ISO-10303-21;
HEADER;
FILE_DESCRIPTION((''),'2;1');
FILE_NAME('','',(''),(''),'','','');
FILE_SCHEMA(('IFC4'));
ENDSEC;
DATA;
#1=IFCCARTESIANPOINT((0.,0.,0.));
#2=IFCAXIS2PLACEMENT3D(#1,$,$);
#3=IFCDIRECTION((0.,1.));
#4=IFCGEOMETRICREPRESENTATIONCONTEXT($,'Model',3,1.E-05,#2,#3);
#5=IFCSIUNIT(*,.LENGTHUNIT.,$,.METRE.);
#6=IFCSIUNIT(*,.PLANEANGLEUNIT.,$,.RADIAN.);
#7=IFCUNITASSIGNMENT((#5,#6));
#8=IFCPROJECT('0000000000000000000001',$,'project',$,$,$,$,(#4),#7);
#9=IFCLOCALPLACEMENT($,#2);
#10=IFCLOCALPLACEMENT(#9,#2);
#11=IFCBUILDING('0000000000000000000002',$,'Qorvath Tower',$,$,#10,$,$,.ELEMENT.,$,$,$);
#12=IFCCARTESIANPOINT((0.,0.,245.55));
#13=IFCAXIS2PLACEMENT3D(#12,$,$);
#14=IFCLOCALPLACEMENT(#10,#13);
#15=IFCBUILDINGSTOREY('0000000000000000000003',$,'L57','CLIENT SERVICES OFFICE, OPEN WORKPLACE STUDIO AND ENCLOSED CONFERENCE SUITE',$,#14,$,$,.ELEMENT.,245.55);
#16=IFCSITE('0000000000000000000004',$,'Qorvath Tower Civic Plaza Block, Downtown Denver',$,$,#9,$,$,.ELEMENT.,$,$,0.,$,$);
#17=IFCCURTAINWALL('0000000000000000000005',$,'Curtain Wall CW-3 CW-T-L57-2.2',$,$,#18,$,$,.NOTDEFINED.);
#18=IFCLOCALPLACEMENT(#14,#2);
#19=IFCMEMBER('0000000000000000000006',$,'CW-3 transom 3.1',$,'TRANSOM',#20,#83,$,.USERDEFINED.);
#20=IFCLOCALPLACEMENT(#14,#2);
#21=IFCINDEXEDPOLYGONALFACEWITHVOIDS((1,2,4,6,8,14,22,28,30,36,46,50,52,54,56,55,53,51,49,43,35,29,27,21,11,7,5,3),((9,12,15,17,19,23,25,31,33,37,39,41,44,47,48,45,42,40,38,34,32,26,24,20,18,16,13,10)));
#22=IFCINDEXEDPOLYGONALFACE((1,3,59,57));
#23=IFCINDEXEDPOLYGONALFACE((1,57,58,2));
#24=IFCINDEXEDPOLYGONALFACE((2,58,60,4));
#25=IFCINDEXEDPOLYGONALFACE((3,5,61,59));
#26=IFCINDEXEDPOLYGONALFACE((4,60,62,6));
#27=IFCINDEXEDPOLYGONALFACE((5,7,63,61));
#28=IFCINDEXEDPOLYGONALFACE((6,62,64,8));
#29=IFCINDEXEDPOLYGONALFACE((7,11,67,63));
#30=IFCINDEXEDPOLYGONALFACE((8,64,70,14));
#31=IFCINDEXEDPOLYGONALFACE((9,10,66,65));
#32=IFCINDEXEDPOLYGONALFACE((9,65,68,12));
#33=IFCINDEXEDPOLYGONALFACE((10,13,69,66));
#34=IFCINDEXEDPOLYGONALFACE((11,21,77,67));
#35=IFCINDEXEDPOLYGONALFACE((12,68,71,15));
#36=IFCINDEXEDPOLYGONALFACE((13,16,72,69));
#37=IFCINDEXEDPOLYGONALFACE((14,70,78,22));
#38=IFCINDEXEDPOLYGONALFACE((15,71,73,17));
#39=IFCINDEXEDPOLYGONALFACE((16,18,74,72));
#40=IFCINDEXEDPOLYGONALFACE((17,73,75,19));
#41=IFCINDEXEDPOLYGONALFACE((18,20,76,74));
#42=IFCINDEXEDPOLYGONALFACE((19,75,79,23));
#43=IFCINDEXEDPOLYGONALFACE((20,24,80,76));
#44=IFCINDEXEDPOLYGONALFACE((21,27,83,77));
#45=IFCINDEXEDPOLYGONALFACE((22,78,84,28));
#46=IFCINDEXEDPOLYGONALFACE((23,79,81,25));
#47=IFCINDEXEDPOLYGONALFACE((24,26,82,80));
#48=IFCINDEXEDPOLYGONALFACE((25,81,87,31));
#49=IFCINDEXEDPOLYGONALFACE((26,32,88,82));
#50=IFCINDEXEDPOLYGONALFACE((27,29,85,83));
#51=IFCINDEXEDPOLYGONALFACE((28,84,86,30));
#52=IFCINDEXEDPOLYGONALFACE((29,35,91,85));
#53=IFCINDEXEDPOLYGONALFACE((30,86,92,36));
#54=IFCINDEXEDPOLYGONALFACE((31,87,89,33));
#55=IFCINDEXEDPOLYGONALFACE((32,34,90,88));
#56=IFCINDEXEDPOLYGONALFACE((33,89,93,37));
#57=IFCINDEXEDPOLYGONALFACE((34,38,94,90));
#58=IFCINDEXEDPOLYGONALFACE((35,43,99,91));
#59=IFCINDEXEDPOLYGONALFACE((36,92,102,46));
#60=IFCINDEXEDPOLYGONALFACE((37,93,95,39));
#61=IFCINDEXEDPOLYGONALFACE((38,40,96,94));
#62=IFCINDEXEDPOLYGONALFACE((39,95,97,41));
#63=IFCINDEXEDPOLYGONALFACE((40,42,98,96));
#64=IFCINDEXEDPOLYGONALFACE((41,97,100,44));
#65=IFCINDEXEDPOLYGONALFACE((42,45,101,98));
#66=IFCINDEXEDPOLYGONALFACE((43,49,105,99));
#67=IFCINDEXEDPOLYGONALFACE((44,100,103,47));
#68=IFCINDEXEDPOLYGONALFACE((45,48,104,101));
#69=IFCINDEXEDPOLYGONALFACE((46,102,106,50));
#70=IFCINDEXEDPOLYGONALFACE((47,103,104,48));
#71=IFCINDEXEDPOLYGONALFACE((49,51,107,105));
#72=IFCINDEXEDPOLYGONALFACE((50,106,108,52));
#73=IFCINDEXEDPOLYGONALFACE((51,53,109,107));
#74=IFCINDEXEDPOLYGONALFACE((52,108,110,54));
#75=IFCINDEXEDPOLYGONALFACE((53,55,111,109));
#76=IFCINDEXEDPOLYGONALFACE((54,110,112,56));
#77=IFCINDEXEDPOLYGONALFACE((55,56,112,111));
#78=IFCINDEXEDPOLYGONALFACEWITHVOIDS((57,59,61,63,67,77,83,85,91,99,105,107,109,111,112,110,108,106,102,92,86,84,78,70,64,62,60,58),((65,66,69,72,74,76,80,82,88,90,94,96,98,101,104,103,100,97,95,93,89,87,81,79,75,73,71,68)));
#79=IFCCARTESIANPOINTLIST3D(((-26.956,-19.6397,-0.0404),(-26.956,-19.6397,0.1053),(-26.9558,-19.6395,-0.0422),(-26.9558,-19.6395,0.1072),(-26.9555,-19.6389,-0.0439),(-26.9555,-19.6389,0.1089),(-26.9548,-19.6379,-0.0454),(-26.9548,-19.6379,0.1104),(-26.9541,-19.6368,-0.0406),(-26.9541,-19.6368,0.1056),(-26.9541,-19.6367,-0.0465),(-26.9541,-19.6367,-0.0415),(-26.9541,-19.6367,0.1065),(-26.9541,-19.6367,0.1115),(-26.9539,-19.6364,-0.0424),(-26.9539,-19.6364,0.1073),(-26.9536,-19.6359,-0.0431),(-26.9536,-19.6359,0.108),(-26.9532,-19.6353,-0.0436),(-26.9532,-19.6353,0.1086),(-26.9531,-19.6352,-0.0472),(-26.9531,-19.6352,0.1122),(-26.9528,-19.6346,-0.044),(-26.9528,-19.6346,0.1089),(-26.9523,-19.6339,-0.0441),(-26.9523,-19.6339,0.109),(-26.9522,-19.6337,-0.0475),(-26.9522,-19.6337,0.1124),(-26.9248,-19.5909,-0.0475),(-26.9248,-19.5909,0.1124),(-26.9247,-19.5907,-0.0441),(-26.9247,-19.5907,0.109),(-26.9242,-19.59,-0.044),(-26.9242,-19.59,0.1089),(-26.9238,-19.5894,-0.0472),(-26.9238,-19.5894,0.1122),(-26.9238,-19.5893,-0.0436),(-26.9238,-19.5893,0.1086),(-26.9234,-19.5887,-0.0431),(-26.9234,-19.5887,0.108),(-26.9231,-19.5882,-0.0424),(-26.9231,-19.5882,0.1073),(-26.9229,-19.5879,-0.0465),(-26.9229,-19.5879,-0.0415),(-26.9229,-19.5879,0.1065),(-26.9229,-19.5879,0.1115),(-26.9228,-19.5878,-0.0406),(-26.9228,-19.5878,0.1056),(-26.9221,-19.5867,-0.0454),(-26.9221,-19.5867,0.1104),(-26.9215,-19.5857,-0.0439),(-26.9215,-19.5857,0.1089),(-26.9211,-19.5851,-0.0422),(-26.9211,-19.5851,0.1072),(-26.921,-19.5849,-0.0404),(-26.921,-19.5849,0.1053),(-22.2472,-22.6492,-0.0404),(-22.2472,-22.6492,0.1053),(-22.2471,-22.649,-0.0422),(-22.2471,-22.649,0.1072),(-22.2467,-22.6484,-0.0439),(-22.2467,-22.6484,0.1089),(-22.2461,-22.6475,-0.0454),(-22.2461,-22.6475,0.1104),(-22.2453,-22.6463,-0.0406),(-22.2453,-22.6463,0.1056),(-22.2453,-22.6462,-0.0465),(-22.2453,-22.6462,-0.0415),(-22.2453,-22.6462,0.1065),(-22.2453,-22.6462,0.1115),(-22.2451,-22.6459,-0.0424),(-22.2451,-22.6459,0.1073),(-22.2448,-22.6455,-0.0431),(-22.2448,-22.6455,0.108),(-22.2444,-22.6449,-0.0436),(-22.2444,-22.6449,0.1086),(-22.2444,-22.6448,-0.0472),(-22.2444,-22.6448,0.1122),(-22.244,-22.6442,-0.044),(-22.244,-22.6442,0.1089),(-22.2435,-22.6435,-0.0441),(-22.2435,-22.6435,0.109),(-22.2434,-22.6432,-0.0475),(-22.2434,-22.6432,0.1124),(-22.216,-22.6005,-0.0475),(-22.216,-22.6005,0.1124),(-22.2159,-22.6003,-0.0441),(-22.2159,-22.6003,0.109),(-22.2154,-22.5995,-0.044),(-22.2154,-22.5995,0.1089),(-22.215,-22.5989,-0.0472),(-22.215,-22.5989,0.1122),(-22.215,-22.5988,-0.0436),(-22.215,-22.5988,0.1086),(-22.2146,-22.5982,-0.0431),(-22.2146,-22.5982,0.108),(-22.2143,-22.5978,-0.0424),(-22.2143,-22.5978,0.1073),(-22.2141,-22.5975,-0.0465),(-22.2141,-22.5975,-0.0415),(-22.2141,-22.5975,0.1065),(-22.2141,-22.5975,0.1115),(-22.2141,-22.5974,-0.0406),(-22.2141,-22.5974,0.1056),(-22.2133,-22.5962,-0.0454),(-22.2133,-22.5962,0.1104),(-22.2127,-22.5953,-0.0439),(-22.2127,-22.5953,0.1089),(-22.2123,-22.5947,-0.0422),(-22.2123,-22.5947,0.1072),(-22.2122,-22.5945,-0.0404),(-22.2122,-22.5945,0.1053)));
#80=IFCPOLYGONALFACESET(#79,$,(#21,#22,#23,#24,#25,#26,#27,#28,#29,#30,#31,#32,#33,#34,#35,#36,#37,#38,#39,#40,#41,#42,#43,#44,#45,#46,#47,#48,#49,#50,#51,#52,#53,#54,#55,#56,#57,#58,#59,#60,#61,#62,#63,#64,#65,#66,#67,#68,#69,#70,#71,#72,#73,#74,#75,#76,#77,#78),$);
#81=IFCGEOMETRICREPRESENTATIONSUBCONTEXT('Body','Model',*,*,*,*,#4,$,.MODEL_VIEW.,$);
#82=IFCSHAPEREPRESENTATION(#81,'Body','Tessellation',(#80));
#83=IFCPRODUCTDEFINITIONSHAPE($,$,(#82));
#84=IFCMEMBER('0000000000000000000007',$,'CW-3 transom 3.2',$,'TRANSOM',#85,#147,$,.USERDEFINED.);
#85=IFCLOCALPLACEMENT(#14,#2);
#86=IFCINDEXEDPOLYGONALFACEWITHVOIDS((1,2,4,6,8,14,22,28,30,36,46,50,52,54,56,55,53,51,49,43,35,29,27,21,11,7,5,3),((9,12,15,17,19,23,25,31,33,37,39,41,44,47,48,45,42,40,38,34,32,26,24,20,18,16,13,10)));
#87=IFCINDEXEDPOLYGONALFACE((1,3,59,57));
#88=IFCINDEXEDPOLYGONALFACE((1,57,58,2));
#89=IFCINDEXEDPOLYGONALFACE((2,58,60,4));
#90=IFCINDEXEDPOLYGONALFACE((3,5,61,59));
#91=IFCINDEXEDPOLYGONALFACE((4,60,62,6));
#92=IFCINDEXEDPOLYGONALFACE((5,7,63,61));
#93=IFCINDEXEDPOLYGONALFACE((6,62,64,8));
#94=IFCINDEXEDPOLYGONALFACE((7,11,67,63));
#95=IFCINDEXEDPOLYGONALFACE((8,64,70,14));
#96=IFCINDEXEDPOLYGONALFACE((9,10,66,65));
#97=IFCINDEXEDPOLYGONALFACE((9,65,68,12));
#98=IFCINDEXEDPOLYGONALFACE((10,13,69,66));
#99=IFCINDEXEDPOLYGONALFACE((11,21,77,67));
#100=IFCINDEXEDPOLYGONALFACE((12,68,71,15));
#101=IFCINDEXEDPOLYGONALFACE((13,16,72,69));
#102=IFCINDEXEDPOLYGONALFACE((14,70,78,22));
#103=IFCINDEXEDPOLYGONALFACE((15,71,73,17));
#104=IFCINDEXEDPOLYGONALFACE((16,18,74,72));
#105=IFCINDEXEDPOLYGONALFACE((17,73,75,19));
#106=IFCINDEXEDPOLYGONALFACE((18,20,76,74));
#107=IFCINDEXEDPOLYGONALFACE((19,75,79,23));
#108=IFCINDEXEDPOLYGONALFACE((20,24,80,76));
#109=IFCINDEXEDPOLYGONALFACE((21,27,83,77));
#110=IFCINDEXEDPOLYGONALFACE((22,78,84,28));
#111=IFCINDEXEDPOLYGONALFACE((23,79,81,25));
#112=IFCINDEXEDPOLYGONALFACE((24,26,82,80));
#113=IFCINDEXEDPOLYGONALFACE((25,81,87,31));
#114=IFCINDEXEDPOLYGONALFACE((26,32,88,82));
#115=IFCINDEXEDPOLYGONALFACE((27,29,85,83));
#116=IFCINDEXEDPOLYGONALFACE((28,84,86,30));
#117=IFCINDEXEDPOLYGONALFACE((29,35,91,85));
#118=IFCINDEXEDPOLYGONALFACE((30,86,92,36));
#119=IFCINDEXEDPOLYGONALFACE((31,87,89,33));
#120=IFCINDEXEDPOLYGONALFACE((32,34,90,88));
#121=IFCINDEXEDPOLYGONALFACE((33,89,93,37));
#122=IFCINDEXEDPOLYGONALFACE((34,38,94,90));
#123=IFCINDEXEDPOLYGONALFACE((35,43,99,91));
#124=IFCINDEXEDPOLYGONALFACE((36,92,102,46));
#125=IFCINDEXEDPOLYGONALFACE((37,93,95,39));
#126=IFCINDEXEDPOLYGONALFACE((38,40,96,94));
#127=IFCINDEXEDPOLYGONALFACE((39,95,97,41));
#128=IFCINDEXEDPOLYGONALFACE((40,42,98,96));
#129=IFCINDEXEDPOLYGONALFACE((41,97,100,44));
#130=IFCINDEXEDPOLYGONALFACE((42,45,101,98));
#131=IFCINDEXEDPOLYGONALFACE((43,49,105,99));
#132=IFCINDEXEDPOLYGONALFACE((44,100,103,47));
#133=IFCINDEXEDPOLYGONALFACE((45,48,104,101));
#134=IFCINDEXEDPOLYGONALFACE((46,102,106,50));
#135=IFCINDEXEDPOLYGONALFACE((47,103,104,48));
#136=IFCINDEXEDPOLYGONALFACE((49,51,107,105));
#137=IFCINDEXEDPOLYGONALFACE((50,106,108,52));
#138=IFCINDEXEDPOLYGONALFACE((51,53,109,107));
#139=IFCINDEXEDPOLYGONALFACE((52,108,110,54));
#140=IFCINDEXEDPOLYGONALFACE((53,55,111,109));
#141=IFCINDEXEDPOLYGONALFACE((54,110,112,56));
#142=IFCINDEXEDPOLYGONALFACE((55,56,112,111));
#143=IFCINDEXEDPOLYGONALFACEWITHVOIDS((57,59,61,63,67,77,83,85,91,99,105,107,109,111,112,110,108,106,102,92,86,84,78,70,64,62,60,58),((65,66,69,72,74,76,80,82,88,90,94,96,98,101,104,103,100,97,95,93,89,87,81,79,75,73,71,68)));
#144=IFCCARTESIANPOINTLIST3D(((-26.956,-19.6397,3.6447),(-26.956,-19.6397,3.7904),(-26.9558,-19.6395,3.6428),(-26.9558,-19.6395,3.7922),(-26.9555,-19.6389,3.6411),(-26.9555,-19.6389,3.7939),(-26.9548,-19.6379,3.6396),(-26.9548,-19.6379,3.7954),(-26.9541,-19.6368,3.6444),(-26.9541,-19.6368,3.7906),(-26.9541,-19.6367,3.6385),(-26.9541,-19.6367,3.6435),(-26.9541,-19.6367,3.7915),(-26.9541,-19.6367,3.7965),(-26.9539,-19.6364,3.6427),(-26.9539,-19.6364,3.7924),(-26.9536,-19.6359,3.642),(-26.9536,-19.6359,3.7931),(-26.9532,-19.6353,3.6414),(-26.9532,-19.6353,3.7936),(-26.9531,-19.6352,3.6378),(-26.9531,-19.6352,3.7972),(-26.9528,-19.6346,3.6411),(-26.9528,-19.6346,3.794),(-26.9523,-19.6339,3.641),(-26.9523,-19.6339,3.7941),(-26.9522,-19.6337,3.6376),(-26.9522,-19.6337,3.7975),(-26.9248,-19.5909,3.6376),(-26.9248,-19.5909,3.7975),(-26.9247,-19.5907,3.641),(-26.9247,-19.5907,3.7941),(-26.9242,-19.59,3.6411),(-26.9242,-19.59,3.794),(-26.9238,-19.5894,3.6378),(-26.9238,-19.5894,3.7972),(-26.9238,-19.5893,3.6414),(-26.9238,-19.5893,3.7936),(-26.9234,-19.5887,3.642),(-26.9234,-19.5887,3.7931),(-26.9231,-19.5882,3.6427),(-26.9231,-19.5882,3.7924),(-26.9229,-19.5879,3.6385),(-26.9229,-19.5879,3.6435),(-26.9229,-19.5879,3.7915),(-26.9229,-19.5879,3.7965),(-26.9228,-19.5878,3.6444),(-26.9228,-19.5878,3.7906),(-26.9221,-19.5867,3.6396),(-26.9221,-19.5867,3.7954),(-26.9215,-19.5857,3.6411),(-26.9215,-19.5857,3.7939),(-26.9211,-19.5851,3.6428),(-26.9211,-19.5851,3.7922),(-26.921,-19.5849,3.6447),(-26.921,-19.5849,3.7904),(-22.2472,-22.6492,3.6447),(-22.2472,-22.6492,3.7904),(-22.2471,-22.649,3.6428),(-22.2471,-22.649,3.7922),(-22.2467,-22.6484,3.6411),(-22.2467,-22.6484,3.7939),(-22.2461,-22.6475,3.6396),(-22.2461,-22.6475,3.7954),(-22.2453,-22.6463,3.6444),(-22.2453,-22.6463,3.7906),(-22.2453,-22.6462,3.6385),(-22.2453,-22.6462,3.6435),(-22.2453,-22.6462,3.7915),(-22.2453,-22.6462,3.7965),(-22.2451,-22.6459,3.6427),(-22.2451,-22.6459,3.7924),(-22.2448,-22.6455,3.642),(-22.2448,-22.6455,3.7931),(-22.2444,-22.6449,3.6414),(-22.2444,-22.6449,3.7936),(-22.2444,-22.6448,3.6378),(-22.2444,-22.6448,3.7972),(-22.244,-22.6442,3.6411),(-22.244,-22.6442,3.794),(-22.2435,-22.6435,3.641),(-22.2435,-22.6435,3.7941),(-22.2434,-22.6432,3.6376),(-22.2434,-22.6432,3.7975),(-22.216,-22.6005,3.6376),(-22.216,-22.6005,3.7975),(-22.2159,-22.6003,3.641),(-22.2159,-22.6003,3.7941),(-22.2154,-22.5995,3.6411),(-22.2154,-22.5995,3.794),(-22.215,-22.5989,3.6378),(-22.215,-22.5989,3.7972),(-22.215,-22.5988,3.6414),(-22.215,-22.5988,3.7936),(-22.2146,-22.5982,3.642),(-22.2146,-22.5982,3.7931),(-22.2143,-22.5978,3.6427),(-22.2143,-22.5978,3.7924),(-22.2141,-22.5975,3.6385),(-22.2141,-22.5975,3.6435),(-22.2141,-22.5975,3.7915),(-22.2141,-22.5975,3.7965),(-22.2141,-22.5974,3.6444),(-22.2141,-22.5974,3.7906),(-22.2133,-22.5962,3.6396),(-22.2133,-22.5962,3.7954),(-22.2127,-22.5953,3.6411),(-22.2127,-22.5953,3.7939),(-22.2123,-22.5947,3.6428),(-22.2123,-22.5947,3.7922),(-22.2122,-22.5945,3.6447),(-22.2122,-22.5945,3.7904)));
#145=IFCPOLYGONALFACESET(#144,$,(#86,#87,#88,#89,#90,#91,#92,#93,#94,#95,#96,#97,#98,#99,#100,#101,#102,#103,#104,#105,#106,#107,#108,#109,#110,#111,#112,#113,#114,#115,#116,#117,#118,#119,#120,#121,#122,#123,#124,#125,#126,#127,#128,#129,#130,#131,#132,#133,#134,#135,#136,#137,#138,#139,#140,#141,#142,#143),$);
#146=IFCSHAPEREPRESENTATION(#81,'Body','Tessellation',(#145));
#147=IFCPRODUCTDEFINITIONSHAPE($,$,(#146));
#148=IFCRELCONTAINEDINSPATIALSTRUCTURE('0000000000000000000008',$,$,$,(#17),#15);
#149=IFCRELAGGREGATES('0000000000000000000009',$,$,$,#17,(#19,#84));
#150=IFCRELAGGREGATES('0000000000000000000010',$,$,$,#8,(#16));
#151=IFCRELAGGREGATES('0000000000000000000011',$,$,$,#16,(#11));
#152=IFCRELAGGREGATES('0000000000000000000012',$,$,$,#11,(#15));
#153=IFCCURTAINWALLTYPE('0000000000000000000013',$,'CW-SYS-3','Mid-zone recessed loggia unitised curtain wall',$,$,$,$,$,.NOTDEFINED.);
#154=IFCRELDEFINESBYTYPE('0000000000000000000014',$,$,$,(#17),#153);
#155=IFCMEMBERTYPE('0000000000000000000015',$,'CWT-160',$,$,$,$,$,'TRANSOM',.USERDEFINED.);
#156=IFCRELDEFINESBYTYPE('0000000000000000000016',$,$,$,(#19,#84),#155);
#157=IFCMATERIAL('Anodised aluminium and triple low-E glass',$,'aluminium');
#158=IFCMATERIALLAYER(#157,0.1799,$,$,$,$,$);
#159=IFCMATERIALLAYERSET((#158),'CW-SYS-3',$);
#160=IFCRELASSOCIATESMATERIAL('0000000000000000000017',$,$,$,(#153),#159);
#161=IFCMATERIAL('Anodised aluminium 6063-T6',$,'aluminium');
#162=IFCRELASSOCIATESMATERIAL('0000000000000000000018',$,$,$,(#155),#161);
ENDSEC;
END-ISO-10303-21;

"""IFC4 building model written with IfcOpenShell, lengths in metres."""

from ifc_helpers import new_model, si_unit, direction, frame, origin, origin_2d, place, context, subcontext, project, spatial, hollow_rectangle, extrude, material, layer, layer_set, material_profile, profile_set, type_object, element, aggregate, save


model = new_model("IFC4")

# Units and contexts
model_context = context("Model", 3, precision=1e-05, world=origin(), true_north=direction((0.0, 1.0)))
body_context = subcontext(model_context, "Body", "Model", "MODEL_VIEW")
ifc_project = project(units=[si_unit("LENGTHUNIT", "METRE"), si_unit("PLANEANGLEUNIT", "RADIAN")], contexts=[model_context])

# Site, building, storey
site_placement = place(None, origin())
site = spatial("IfcSite", under=ifc_project, at=site_placement, Name="Qorvath Tower Civic Plaza Block, Downtown Denver", CompositionType="ELEMENT", RefElevation=0.0)
building_placement = place(site_placement, origin())
building = spatial("IfcBuilding", under=site, at=building_placement, Name="Qorvath Tower", CompositionType="ELEMENT")
storey_placement = place(building_placement, frame((0.0, 0.0, 245.55)))
storey = spatial("IfcBuildingStorey", under=building, at=storey_placement, Name="L57", Description="CLIENT SERVICES OFFICE, OPEN WORKPLACE STUDIO AND ENCLOSED CONFERENCE SUITE", CompositionType="ELEMENT", Elevation=245.55)

# Curtain wall, members
ifc_material_1 = material(Name="Anodised aluminium and triple low-E glass", Category="aluminium")
ifc_layer_1 = layer(ifc_material_1, 0.1799)
ifc_layer_set_1 = layer_set([ifc_layer_1], Name="CW-SYS-3")
curtain_wall_type = type_object("IfcCurtainWallType", Name="CW-SYS-3", Description="Mid-zone recessed loggia unitised curtain wall", PredefinedType="NOTDEFINED", material=ifc_layer_set_1)
curtain_wall_placement = place(storey_placement, origin())
curtain_wall = element("IfcCurtainWall", 1, at=curtain_wall_placement, inside=storey, type_object=curtain_wall_type, Name="Curtain Wall CW-3 CW-T-L57-2.2", PredefinedType="NOTDEFINED")
ifc_material_2 = material(Name="Anodised aluminium 6063-T6", Category="aluminium")
ifc_material_profile_1 = material_profile(ifc_material_2, hollow_rectangle(XDim=0.0649, YDim=0.1599, WallThickness=0.0034, InnerFilletRadius=0.0034, OuterFilletRadius=0.0071, at=origin_2d()), Name="CWT 160x65")
ifc_profile_set_1 = profile_set([ifc_material_profile_1], Name="Anodised aluminium 6063-T6")
member_type_1 = type_object("IfcMemberType", Name="CWT-160", ElementType="TRANSOM", PredefinedType="USERDEFINED", material=ifc_profile_set_1)
member_1_placement = place(storey_placement, frame((-26.9385, -19.6123, 0.0325), z_axis=(0.842602, -0.538537, 0.0), x_axis=(0.538537, 0.842602, 0.0)))
member_1 = element("IfcMember", 2, at=member_1_placement, type_object=member_type_1, Name="CW-3 transom 3.1", ObjectType="TRANSOM", PredefinedType="USERDEFINED", context=body_context, shape_type="SweptSolid", body=[
    extrude(hollow_rectangle(XDim=0.0649, YDim=0.1599, WallThickness=0.0034, InnerFilletRadius=0.0034, OuterFilletRadius=0.0071, at=origin_2d()), origin(), (0.0, 0.0, 1.0), 5.5884),
])
member_2_placement = place(storey_placement, frame((-26.9385, -19.6123, 3.7175), z_axis=(0.842602, -0.538537, 0.0), x_axis=(0.538537, 0.842602, 0.0)))
member_2 = element("IfcMember", 3, at=member_2_placement, type_object=member_type_1, Name="CW-3 transom 3.2", ObjectType="TRANSOM", PredefinedType="USERDEFINED", context=body_context, shape_type="SweptSolid", body=[
    extrude(hollow_rectangle(XDim=0.0649, YDim=0.1599, WallThickness=0.0034, InnerFilletRadius=0.0034, OuterFilletRadius=0.0071, at=origin_2d()), origin(), (0.0, 0.0, 1.0), 5.5884),
])
aggregate(curtain_wall, [member_1, member_2])

save(model, "model.ifc")
